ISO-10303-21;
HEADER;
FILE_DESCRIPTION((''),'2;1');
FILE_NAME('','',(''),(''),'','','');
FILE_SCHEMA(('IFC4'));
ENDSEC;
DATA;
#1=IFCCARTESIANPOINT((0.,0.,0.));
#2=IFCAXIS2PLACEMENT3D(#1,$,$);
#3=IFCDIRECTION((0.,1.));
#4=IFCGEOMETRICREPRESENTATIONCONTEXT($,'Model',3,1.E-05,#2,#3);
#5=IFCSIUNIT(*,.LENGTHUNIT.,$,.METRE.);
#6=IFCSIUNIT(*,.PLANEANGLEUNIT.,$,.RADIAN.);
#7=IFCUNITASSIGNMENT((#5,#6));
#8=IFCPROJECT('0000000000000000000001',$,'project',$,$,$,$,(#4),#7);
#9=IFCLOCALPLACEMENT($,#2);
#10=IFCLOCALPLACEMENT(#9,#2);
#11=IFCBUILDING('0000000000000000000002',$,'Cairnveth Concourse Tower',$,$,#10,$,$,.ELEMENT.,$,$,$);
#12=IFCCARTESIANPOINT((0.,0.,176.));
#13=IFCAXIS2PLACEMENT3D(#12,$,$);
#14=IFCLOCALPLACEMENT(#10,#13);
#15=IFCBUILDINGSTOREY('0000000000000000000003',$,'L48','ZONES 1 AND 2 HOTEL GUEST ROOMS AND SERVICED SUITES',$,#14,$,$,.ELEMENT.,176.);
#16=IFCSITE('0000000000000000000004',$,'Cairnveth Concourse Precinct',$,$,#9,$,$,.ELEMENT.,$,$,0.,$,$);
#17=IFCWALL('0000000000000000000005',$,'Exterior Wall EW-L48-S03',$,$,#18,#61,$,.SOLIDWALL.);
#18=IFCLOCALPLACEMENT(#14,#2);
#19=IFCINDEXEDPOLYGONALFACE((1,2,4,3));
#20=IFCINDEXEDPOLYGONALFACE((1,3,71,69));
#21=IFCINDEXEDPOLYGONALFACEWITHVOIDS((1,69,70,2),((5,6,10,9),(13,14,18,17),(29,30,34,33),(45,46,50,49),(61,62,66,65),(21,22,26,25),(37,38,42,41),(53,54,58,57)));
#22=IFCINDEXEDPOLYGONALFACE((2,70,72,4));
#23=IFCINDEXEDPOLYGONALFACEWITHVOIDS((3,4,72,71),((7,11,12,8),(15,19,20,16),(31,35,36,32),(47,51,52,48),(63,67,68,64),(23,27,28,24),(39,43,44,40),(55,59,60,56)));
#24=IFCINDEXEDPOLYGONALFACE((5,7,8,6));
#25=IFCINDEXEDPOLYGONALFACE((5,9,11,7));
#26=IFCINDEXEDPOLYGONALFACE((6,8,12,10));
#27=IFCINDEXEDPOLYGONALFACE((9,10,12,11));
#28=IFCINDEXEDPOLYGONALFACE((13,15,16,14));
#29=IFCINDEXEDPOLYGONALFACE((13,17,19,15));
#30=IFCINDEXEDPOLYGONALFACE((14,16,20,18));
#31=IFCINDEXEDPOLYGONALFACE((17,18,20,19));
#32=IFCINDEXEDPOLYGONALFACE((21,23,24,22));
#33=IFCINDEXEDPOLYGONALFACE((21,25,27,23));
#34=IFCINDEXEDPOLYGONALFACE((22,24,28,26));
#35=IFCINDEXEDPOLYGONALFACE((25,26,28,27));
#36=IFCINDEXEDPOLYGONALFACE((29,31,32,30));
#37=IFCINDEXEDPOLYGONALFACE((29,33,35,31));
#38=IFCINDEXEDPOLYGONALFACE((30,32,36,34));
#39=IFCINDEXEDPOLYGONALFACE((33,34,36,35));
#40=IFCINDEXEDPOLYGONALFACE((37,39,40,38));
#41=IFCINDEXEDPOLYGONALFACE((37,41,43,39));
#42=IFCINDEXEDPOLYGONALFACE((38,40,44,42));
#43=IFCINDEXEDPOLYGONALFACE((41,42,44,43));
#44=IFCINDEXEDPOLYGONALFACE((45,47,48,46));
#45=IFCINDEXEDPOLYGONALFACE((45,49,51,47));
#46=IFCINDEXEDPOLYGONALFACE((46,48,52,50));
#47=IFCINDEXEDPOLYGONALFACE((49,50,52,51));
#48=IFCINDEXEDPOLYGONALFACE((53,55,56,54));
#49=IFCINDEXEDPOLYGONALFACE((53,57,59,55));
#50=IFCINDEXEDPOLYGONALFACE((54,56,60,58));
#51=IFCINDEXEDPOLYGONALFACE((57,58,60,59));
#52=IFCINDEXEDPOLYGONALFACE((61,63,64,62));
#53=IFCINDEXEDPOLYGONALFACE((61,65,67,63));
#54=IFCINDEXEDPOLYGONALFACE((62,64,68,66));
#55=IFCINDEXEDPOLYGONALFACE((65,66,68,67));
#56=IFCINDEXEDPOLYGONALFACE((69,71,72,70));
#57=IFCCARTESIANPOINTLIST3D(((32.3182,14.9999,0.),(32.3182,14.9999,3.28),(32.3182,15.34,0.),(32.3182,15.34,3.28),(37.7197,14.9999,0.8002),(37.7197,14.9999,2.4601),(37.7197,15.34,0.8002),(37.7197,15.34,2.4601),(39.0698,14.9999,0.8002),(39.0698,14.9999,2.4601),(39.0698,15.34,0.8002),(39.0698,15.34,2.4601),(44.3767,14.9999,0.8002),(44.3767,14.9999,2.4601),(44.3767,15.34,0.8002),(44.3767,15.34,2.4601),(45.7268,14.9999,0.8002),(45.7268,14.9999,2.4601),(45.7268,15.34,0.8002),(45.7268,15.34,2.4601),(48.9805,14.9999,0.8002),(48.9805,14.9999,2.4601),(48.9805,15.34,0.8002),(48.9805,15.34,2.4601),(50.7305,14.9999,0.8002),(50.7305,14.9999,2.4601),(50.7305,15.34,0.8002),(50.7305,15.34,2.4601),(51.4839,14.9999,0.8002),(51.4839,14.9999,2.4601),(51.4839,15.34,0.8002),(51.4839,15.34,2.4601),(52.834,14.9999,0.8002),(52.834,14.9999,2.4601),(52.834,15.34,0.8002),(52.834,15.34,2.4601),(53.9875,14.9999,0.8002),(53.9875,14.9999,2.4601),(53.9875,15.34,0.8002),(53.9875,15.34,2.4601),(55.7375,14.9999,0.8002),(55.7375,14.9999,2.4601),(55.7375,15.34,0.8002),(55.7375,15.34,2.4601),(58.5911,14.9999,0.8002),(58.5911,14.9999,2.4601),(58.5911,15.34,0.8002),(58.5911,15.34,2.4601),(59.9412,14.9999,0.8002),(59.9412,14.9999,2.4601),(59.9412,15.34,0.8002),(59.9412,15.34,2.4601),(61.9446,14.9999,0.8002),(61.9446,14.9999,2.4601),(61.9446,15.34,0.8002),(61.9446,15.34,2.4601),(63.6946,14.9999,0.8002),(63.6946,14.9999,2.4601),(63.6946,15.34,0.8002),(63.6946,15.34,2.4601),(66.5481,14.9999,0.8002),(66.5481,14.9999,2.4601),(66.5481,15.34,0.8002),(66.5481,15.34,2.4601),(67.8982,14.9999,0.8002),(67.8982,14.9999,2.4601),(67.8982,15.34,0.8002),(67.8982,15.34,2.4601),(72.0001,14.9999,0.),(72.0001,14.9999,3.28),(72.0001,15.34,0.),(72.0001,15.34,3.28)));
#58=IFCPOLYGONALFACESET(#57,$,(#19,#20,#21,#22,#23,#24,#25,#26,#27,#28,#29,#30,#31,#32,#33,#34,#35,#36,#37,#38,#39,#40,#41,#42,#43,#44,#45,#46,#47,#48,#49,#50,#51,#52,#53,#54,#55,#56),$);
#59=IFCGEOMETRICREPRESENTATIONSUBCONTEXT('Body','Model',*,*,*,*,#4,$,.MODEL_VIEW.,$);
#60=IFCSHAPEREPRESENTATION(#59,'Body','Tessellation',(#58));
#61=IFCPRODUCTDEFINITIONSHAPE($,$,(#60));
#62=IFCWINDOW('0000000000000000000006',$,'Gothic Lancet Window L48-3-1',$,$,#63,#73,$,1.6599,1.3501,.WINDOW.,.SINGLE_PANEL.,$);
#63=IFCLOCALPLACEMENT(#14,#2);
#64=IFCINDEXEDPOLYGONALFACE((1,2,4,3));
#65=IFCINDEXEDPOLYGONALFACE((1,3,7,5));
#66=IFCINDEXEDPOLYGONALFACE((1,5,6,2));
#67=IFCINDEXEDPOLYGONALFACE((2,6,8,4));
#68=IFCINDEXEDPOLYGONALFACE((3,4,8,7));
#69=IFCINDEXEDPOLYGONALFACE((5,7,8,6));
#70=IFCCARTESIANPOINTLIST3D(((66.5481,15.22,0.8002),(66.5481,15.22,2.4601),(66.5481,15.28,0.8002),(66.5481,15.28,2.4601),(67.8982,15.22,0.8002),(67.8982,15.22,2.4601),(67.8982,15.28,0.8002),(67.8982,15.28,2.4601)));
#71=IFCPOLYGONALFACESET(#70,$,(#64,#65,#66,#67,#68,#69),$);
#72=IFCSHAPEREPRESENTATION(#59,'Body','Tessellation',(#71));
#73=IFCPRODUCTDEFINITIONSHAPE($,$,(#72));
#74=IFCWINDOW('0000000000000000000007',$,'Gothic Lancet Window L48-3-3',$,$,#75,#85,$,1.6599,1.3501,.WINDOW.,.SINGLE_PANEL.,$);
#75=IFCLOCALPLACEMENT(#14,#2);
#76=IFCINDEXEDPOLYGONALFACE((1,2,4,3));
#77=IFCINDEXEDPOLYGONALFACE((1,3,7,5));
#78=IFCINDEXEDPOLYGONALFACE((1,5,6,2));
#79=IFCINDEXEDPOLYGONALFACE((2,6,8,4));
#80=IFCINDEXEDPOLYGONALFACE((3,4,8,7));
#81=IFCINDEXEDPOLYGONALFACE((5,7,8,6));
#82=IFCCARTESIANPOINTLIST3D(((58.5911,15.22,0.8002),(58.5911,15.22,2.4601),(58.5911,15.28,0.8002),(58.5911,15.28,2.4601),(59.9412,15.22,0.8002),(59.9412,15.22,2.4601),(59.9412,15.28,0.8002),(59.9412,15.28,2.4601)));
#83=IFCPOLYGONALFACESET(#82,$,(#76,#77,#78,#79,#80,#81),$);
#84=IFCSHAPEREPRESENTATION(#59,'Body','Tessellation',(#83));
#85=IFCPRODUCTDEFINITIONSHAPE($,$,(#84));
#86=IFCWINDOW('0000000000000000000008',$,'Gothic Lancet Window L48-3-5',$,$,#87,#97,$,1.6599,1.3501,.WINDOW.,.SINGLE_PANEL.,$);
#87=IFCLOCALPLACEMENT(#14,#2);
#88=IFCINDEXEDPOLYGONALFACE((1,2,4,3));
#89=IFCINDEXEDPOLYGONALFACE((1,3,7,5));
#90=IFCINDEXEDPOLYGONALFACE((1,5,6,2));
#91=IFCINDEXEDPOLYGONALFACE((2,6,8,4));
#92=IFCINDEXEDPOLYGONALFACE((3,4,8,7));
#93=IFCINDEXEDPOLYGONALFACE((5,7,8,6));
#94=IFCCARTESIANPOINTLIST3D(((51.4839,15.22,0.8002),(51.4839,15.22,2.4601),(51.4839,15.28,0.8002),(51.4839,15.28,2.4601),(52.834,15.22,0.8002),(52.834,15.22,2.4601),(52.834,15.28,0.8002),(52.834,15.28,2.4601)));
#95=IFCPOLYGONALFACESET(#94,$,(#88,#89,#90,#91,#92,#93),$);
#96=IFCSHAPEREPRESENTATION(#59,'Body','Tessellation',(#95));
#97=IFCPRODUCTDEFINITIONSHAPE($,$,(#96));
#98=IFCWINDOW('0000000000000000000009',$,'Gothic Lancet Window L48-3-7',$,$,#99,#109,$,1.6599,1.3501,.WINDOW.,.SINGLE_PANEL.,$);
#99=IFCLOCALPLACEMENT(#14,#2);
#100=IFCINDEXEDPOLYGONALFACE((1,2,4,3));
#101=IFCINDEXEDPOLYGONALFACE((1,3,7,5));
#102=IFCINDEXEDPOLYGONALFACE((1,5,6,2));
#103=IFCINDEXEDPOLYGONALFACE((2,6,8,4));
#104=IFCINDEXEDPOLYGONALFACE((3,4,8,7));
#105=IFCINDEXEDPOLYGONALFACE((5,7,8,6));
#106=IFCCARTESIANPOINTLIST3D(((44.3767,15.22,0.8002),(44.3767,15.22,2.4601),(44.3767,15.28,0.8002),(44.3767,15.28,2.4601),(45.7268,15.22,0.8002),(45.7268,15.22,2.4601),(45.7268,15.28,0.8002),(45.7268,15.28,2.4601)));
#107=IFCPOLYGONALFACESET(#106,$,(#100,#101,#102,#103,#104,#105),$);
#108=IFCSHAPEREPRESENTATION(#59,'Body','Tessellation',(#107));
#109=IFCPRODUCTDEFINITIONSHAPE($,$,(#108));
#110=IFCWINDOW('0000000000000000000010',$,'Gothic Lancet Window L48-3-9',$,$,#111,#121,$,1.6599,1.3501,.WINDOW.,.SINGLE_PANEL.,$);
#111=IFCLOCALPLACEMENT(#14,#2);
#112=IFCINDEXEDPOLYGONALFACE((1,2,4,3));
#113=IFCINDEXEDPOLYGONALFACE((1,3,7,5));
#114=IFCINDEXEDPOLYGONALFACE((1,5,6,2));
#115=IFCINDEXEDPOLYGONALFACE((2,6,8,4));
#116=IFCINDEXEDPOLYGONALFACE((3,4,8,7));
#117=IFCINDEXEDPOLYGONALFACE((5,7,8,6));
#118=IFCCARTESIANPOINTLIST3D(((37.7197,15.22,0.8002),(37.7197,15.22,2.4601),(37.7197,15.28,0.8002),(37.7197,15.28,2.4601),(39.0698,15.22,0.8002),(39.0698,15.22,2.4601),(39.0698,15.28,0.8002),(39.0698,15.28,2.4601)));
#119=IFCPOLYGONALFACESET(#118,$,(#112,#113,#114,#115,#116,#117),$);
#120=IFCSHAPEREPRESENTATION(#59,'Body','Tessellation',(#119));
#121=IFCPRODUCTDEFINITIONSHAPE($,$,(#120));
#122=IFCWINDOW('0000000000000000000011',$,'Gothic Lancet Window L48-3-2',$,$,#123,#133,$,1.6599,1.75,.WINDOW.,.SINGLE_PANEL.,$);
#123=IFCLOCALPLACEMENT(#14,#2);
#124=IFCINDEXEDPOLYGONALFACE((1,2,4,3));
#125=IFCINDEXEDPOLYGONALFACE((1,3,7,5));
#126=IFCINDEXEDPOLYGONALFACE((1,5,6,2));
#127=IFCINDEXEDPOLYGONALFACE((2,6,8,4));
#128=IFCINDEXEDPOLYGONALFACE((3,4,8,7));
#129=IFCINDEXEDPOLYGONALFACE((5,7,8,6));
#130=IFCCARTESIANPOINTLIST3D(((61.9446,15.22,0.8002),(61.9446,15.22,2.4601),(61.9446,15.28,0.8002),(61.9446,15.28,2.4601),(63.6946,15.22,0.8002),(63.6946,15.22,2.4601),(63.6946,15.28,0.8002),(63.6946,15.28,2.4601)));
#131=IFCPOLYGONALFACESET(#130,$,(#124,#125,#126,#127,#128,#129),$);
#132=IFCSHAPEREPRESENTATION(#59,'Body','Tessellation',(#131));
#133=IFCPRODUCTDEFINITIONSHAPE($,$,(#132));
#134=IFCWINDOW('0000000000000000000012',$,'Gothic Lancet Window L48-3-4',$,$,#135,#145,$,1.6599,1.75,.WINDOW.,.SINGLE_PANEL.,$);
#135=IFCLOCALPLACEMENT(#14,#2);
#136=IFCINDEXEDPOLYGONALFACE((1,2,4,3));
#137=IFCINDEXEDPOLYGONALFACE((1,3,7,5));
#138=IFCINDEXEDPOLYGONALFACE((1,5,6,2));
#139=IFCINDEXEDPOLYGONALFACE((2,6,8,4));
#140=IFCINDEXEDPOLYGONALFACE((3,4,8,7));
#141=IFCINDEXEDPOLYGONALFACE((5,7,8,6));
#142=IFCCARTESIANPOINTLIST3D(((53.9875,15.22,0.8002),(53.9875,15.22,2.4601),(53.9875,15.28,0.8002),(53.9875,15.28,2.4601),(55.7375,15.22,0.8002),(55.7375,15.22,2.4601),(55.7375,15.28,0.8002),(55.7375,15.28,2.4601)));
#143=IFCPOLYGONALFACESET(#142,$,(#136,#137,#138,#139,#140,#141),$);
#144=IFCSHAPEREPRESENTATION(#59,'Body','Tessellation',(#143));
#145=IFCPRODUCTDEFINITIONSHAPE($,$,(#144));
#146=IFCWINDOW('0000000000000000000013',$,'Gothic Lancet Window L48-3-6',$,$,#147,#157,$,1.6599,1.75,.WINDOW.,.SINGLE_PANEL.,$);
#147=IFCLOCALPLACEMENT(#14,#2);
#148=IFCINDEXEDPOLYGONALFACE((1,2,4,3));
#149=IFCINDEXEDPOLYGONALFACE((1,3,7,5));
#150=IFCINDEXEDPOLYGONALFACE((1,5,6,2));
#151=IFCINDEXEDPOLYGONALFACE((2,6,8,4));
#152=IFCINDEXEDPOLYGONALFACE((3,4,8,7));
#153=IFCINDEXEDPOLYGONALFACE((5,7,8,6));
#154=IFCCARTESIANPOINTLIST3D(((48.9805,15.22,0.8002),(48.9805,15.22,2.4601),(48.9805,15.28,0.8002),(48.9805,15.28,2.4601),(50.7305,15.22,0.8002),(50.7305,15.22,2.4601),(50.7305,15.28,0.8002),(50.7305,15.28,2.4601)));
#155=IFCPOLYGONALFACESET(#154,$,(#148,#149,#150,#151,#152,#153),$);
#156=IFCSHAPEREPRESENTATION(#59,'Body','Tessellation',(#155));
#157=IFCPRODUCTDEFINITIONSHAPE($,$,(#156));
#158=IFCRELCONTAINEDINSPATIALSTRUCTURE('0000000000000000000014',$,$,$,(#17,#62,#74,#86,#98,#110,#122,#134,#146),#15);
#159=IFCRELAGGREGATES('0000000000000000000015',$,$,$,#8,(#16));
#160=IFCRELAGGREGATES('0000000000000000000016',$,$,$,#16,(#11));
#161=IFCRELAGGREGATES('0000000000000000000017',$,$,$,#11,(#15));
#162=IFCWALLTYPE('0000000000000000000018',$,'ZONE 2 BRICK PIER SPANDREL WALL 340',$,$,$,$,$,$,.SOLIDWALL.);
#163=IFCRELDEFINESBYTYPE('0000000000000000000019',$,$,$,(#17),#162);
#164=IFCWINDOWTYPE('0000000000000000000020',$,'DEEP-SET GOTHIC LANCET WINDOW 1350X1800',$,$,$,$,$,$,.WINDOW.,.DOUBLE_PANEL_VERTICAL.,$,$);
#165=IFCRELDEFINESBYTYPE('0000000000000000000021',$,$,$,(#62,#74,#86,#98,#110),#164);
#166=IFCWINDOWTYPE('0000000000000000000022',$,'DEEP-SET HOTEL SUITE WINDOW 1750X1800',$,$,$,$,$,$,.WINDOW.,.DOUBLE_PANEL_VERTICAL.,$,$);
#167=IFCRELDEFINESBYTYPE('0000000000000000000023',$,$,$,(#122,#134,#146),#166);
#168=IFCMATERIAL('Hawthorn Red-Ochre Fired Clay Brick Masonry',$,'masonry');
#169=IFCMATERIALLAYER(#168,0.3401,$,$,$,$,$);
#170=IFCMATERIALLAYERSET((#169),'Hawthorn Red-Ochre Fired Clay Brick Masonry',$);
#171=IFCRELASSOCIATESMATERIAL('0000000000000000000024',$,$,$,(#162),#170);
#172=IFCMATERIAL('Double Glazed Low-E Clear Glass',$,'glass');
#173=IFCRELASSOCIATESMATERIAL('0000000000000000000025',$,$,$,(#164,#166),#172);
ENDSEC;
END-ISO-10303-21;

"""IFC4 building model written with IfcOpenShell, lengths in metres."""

from ifc_helpers import new_model, si_unit, direction, frame, frame_2d, origin, place, context, subcontext, project, spatial, rectangle, extrude, material, layer, layer_set, type_object, element, fill, save


model = new_model("IFC4")

# Units and contexts
model_context = context("Model", 3, precision=1e-05, world=origin(), true_north=direction((0.0, 1.0)))
body_context = subcontext(model_context, "Body", "Model", "MODEL_VIEW")
ifc_project = project(units=[si_unit("LENGTHUNIT", "METRE"), si_unit("PLANEANGLEUNIT", "RADIAN")], contexts=[model_context])

# Site, building, storey
site_placement = place(None, origin())
site = spatial("IfcSite", under=ifc_project, at=site_placement, Name="Cairnveth Concourse Precinct", CompositionType="ELEMENT", RefElevation=0.0)
building_placement = place(site_placement, origin())
building = spatial("IfcBuilding", under=site, at=building_placement, Name="Cairnveth Concourse Tower", CompositionType="ELEMENT")
storey_placement = place(building_placement, frame((0.0, 0.0, 176.0)))
storey = spatial("IfcBuildingStorey", under=building, at=storey_placement, Name="L48", Description="ZONES 1 AND 2 HOTEL GUEST ROOMS AND SERVICED SUITES", CompositionType="ELEMENT", Elevation=176.0)

# Shared definitions
ifc_material_1 = material(Name="Hawthorn Red-Ochre Fired Clay Brick Masonry", Category="masonry")
ifc_layer_1 = layer(ifc_material_1, 0.3401)
ifc_layer_set_1 = layer_set([ifc_layer_1], Name="Hawthorn Red-Ochre Fired Clay Brick Masonry")
wall_type = type_object("IfcWallType", Name="ZONE 2 BRICK PIER SPANDREL WALL 340", PredefinedType="SOLIDWALL", material=ifc_layer_set_1)

# Wall, openings, windows
wall_1_placement = place(storey_placement, frame((72.0, 15.1699, 0.0), z_axis=(0.0, 0.0, 1.0), x_axis=(-1.0, 0.0, 0.0)))
wall_1 = element("IfcWall", 1, at=wall_1_placement, inside=storey, type_object=wall_type, Name="Exterior Wall EW-L48-S03", PredefinedType="SOLIDWALL", context=body_context, shape_type="SweptSolid", body=[
    extrude(rectangle(XDim=39.6819, YDim=0.3401, at=frame_2d((19.8408, 0.0))), origin(), (0.0, 0.0, 1.0), 3.28),
])
opening_1_placement = place(wall_1_placement, frame((4.1018, 0.0, 0.8)))
opening_1 = element("IfcOpeningElement", 2, at=opening_1_placement, cuts=wall_1, PredefinedType="OPENING", context=body_context, shape_type="SweptSolid", body=[
    extrude(rectangle(XDim=1.3501, YDim=1.6599, at=frame_2d((0.675, 0.8301))), frame((0.0, 0.1799, 0.0), z_axis=(0.0, -1.0, 0.0), x_axis=(1.0, 0.0, 0.0)), (0.0, 0.0, 1.0), 0.3601),
])
opening_2_placement = place(wall_1_placement, frame((8.3054, 0.0, 0.8)))
opening_2 = element("IfcOpeningElement", 3, at=opening_2_placement, cuts=wall_1, PredefinedType="OPENING", context=body_context, shape_type="SweptSolid", body=[
    extrude(rectangle(XDim=1.75, YDim=1.6599, at=frame_2d((0.875, 0.8301))), frame((0.0, 0.1799, 0.0), z_axis=(0.0, -1.0, 0.0), x_axis=(1.0, 0.0, 0.0)), (0.0, 0.0, 1.0), 0.3601),
])
opening_3_placement = place(wall_1_placement, frame((12.0588, 0.0, 0.8)))
opening_3 = element("IfcOpeningElement", 4, at=opening_3_placement, cuts=wall_1, PredefinedType="OPENING", context=body_context, shape_type="SweptSolid", body=[
    extrude(rectangle(XDim=1.3501, YDim=1.6599, at=frame_2d((0.675, 0.8301))), frame((0.0, 0.1799, 0.0), z_axis=(0.0, -1.0, 0.0), x_axis=(1.0, 0.0, 0.0)), (0.0, 0.0, 1.0), 0.3601),
])
opening_4_placement = place(wall_1_placement, frame((16.2625, 0.0, 0.8)))
opening_4 = element("IfcOpeningElement", 5, at=opening_4_placement, cuts=wall_1, PredefinedType="OPENING", context=body_context, shape_type="SweptSolid", body=[
    extrude(rectangle(XDim=1.75, YDim=1.6599, at=frame_2d((0.875, 0.8301))), frame((0.0, 0.1799, 0.0), z_axis=(0.0, -1.0, 0.0), x_axis=(1.0, 0.0, 0.0)), (0.0, 0.0, 1.0), 0.3601),
])
opening_5_placement = place(wall_1_placement, frame((19.166, 0.0, 0.8)))
opening_5 = element("IfcOpeningElement", 6, at=opening_5_placement, cuts=wall_1, PredefinedType="OPENING", context=body_context, shape_type="SweptSolid", body=[
    extrude(rectangle(XDim=1.3501, YDim=1.6599, at=frame_2d((0.675, 0.8301))), frame((0.0, 0.1799, 0.0), z_axis=(0.0, -1.0, 0.0), x_axis=(1.0, 0.0, 0.0)), (0.0, 0.0, 1.0), 0.3601),
])
opening_6_placement = place(wall_1_placement, frame((21.2695, 0.0, 0.8)))
opening_6 = element("IfcOpeningElement", 7, at=opening_6_placement, cuts=wall_1, PredefinedType="OPENING", context=body_context, shape_type="SweptSolid", body=[
    extrude(rectangle(XDim=1.75, YDim=1.6599, at=frame_2d((0.875, 0.8301))), frame((0.0, 0.1799, 0.0), z_axis=(0.0, -1.0, 0.0), x_axis=(1.0, 0.0, 0.0)), (0.0, 0.0, 1.0), 0.3601),
])
opening_7_placement = place(wall_1_placement, frame((26.2732, 0.0, 0.8)))
opening_7 = element("IfcOpeningElement", 8, at=opening_7_placement, cuts=wall_1, PredefinedType="OPENING", context=body_context, shape_type="SweptSolid", body=[
    extrude(rectangle(XDim=1.3501, YDim=1.6599, at=frame_2d((0.675, 0.8301))), frame((0.0, 0.1799, 0.0), z_axis=(0.0, -1.0, 0.0), x_axis=(1.0, 0.0, 0.0)), (0.0, 0.0, 1.0), 0.3601),
])
opening_8_placement = place(wall_1_placement, frame((32.9302, 0.0, 0.8)))
opening_8 = element("IfcOpeningElement", 9, at=opening_8_placement, cuts=wall_1, PredefinedType="OPENING", context=body_context, shape_type="SweptSolid", body=[
    extrude(rectangle(XDim=1.3501, YDim=1.6599, at=frame_2d((0.675, 0.8301))), frame((0.0, 0.1799, 0.0), z_axis=(0.0, -1.0, 0.0), x_axis=(1.0, 0.0, 0.0)), (0.0, 0.0, 1.0), 0.3601),
])
ifc_material_2 = material(Name="Double Glazed Low-E Clear Glass", Category="glass")
window_type_1 = type_object("IfcWindowType", Name="DEEP-SET GOTHIC LANCET WINDOW 1350X1800", PartitioningType="DOUBLE_PANEL_VERTICAL", PredefinedType="WINDOW", material=ifc_material_2)
window_1_placement = place(opening_1_placement, origin())
window_1 = element("IfcWindow", 10, at=window_1_placement, inside=storey, type_object=window_type_1, Name="Gothic Lancet Window L48-3-1", OverallHeight=1.6599, OverallWidth=1.3501, PartitioningType="SINGLE_PANEL", PredefinedType="WINDOW", context=body_context, shape_type="SweptSolid", body=[
    extrude(rectangle(XDim=1.3501, YDim=1.6599, at=frame_2d((0.675, 0.8301))), frame((0.0, -0.05, 0.0), z_axis=(0.0, -1.0, 0.0), x_axis=(1.0, 0.0, 0.0)), (0.0, 0.0, 1.0), 0.0601),
])
fill(opening_1, window_1)
window_2_placement = place(opening_3_placement, origin())
window_2 = element("IfcWindow", 11, at=window_2_placement, inside=storey, type_object=window_type_1, Name="Gothic Lancet Window L48-3-3", OverallHeight=1.6599, OverallWidth=1.3501, PartitioningType="SINGLE_PANEL", PredefinedType="WINDOW", context=body_context, shape_type="SweptSolid", body=[
    extrude(rectangle(XDim=1.3501, YDim=1.6599, at=frame_2d((0.675, 0.8301))), frame((0.0, -0.05, 0.0), z_axis=(0.0, -1.0, 0.0), x_axis=(1.0, 0.0, 0.0)), (0.0, 0.0, 1.0), 0.0601),
])
fill(opening_3, window_2)
window_3_placement = place(opening_5_placement, origin())
window_3 = element("IfcWindow", 12, at=window_3_placement, inside=storey, type_object=window_type_1, Name="Gothic Lancet Window L48-3-5", OverallHeight=1.6599, OverallWidth=1.3501, PartitioningType="SINGLE_PANEL", PredefinedType="WINDOW", context=body_context, shape_type="SweptSolid", body=[
    extrude(rectangle(XDim=1.3501, YDim=1.6599, at=frame_2d((0.675, 0.8301))), frame((0.0, -0.05, 0.0), z_axis=(0.0, -1.0, 0.0), x_axis=(1.0, 0.0, 0.0)), (0.0, 0.0, 1.0), 0.0601),
])
fill(opening_5, window_3)
window_4_placement = place(opening_7_placement, origin())
window_4 = element("IfcWindow", 13, at=window_4_placement, inside=storey, type_object=window_type_1, Name="Gothic Lancet Window L48-3-7", OverallHeight=1.6599, OverallWidth=1.3501, PartitioningType="SINGLE_PANEL", PredefinedType="WINDOW", context=body_context, shape_type="SweptSolid", body=[
    extrude(rectangle(XDim=1.3501, YDim=1.6599, at=frame_2d((0.675, 0.8301))), frame((0.0, -0.05, 0.0), z_axis=(0.0, -1.0, 0.0), x_axis=(1.0, 0.0, 0.0)), (0.0, 0.0, 1.0), 0.0601),
])
fill(opening_7, window_4)
window_5_placement = place(opening_8_placement, origin())
window_5 = element("IfcWindow", 14, at=window_5_placement, inside=storey, type_object=window_type_1, Name="Gothic Lancet Window L48-3-9", OverallHeight=1.6599, OverallWidth=1.3501, PartitioningType="SINGLE_PANEL", PredefinedType="WINDOW", context=body_context, shape_type="SweptSolid", body=[
    extrude(rectangle(XDim=1.3501, YDim=1.6599, at=frame_2d((0.675, 0.8301))), frame((0.0, -0.05, 0.0), z_axis=(0.0, -1.0, 0.0), x_axis=(1.0, 0.0, 0.0)), (0.0, 0.0, 1.0), 0.0601),
])
fill(opening_8, window_5)
window_type_2 = type_object("IfcWindowType", Name="DEEP-SET HOTEL SUITE WINDOW 1750X1800", PartitioningType="DOUBLE_PANEL_VERTICAL", PredefinedType="WINDOW", material=ifc_material_2)
window_6_placement = place(opening_2_placement, origin())
window_6 = element("IfcWindow", 15, at=window_6_placement, inside=storey, type_object=window_type_2, Name="Gothic Lancet Window L48-3-2", OverallHeight=1.6599, OverallWidth=1.75, PartitioningType="SINGLE_PANEL", PredefinedType="WINDOW", context=body_context, shape_type="SweptSolid", body=[
    extrude(rectangle(XDim=1.75, YDim=1.6599, at=frame_2d((0.875, 0.8301))), frame((0.0, -0.05, 0.0), z_axis=(0.0, -1.0, 0.0), x_axis=(1.0, 0.0, 0.0)), (0.0, 0.0, 1.0), 0.0601),
])
fill(opening_2, window_6)
window_7_placement = place(opening_4_placement, origin())
window_7 = element("IfcWindow", 16, at=window_7_placement, inside=storey, type_object=window_type_2, Name="Gothic Lancet Window L48-3-4", OverallHeight=1.6599, OverallWidth=1.75, PartitioningType="SINGLE_PANEL", PredefinedType="WINDOW", context=body_context, shape_type="SweptSolid", body=[
    extrude(rectangle(XDim=1.75, YDim=1.6599, at=frame_2d((0.875, 0.8301))), frame((0.0, -0.05, 0.0), z_axis=(0.0, -1.0, 0.0), x_axis=(1.0, 0.0, 0.0)), (0.0, 0.0, 1.0), 0.0601),
])
fill(opening_4, window_7)
window_8_placement = place(opening_6_placement, origin())
window_8 = element("IfcWindow", 17, at=window_8_placement, inside=storey, type_object=window_type_2, Name="Gothic Lancet Window L48-3-6", OverallHeight=1.6599, OverallWidth=1.75, PartitioningType="SINGLE_PANEL", PredefinedType="WINDOW", context=body_context, shape_type="SweptSolid", body=[
    extrude(rectangle(XDim=1.75, YDim=1.6599, at=frame_2d((0.875, 0.8301))), frame((0.0, -0.05, 0.0), z_axis=(0.0, -1.0, 0.0), x_axis=(1.0, 0.0, 0.0)), (0.0, 0.0, 1.0), 0.0601),
])
fill(opening_6, window_8)

save(model, "model.ifc")
